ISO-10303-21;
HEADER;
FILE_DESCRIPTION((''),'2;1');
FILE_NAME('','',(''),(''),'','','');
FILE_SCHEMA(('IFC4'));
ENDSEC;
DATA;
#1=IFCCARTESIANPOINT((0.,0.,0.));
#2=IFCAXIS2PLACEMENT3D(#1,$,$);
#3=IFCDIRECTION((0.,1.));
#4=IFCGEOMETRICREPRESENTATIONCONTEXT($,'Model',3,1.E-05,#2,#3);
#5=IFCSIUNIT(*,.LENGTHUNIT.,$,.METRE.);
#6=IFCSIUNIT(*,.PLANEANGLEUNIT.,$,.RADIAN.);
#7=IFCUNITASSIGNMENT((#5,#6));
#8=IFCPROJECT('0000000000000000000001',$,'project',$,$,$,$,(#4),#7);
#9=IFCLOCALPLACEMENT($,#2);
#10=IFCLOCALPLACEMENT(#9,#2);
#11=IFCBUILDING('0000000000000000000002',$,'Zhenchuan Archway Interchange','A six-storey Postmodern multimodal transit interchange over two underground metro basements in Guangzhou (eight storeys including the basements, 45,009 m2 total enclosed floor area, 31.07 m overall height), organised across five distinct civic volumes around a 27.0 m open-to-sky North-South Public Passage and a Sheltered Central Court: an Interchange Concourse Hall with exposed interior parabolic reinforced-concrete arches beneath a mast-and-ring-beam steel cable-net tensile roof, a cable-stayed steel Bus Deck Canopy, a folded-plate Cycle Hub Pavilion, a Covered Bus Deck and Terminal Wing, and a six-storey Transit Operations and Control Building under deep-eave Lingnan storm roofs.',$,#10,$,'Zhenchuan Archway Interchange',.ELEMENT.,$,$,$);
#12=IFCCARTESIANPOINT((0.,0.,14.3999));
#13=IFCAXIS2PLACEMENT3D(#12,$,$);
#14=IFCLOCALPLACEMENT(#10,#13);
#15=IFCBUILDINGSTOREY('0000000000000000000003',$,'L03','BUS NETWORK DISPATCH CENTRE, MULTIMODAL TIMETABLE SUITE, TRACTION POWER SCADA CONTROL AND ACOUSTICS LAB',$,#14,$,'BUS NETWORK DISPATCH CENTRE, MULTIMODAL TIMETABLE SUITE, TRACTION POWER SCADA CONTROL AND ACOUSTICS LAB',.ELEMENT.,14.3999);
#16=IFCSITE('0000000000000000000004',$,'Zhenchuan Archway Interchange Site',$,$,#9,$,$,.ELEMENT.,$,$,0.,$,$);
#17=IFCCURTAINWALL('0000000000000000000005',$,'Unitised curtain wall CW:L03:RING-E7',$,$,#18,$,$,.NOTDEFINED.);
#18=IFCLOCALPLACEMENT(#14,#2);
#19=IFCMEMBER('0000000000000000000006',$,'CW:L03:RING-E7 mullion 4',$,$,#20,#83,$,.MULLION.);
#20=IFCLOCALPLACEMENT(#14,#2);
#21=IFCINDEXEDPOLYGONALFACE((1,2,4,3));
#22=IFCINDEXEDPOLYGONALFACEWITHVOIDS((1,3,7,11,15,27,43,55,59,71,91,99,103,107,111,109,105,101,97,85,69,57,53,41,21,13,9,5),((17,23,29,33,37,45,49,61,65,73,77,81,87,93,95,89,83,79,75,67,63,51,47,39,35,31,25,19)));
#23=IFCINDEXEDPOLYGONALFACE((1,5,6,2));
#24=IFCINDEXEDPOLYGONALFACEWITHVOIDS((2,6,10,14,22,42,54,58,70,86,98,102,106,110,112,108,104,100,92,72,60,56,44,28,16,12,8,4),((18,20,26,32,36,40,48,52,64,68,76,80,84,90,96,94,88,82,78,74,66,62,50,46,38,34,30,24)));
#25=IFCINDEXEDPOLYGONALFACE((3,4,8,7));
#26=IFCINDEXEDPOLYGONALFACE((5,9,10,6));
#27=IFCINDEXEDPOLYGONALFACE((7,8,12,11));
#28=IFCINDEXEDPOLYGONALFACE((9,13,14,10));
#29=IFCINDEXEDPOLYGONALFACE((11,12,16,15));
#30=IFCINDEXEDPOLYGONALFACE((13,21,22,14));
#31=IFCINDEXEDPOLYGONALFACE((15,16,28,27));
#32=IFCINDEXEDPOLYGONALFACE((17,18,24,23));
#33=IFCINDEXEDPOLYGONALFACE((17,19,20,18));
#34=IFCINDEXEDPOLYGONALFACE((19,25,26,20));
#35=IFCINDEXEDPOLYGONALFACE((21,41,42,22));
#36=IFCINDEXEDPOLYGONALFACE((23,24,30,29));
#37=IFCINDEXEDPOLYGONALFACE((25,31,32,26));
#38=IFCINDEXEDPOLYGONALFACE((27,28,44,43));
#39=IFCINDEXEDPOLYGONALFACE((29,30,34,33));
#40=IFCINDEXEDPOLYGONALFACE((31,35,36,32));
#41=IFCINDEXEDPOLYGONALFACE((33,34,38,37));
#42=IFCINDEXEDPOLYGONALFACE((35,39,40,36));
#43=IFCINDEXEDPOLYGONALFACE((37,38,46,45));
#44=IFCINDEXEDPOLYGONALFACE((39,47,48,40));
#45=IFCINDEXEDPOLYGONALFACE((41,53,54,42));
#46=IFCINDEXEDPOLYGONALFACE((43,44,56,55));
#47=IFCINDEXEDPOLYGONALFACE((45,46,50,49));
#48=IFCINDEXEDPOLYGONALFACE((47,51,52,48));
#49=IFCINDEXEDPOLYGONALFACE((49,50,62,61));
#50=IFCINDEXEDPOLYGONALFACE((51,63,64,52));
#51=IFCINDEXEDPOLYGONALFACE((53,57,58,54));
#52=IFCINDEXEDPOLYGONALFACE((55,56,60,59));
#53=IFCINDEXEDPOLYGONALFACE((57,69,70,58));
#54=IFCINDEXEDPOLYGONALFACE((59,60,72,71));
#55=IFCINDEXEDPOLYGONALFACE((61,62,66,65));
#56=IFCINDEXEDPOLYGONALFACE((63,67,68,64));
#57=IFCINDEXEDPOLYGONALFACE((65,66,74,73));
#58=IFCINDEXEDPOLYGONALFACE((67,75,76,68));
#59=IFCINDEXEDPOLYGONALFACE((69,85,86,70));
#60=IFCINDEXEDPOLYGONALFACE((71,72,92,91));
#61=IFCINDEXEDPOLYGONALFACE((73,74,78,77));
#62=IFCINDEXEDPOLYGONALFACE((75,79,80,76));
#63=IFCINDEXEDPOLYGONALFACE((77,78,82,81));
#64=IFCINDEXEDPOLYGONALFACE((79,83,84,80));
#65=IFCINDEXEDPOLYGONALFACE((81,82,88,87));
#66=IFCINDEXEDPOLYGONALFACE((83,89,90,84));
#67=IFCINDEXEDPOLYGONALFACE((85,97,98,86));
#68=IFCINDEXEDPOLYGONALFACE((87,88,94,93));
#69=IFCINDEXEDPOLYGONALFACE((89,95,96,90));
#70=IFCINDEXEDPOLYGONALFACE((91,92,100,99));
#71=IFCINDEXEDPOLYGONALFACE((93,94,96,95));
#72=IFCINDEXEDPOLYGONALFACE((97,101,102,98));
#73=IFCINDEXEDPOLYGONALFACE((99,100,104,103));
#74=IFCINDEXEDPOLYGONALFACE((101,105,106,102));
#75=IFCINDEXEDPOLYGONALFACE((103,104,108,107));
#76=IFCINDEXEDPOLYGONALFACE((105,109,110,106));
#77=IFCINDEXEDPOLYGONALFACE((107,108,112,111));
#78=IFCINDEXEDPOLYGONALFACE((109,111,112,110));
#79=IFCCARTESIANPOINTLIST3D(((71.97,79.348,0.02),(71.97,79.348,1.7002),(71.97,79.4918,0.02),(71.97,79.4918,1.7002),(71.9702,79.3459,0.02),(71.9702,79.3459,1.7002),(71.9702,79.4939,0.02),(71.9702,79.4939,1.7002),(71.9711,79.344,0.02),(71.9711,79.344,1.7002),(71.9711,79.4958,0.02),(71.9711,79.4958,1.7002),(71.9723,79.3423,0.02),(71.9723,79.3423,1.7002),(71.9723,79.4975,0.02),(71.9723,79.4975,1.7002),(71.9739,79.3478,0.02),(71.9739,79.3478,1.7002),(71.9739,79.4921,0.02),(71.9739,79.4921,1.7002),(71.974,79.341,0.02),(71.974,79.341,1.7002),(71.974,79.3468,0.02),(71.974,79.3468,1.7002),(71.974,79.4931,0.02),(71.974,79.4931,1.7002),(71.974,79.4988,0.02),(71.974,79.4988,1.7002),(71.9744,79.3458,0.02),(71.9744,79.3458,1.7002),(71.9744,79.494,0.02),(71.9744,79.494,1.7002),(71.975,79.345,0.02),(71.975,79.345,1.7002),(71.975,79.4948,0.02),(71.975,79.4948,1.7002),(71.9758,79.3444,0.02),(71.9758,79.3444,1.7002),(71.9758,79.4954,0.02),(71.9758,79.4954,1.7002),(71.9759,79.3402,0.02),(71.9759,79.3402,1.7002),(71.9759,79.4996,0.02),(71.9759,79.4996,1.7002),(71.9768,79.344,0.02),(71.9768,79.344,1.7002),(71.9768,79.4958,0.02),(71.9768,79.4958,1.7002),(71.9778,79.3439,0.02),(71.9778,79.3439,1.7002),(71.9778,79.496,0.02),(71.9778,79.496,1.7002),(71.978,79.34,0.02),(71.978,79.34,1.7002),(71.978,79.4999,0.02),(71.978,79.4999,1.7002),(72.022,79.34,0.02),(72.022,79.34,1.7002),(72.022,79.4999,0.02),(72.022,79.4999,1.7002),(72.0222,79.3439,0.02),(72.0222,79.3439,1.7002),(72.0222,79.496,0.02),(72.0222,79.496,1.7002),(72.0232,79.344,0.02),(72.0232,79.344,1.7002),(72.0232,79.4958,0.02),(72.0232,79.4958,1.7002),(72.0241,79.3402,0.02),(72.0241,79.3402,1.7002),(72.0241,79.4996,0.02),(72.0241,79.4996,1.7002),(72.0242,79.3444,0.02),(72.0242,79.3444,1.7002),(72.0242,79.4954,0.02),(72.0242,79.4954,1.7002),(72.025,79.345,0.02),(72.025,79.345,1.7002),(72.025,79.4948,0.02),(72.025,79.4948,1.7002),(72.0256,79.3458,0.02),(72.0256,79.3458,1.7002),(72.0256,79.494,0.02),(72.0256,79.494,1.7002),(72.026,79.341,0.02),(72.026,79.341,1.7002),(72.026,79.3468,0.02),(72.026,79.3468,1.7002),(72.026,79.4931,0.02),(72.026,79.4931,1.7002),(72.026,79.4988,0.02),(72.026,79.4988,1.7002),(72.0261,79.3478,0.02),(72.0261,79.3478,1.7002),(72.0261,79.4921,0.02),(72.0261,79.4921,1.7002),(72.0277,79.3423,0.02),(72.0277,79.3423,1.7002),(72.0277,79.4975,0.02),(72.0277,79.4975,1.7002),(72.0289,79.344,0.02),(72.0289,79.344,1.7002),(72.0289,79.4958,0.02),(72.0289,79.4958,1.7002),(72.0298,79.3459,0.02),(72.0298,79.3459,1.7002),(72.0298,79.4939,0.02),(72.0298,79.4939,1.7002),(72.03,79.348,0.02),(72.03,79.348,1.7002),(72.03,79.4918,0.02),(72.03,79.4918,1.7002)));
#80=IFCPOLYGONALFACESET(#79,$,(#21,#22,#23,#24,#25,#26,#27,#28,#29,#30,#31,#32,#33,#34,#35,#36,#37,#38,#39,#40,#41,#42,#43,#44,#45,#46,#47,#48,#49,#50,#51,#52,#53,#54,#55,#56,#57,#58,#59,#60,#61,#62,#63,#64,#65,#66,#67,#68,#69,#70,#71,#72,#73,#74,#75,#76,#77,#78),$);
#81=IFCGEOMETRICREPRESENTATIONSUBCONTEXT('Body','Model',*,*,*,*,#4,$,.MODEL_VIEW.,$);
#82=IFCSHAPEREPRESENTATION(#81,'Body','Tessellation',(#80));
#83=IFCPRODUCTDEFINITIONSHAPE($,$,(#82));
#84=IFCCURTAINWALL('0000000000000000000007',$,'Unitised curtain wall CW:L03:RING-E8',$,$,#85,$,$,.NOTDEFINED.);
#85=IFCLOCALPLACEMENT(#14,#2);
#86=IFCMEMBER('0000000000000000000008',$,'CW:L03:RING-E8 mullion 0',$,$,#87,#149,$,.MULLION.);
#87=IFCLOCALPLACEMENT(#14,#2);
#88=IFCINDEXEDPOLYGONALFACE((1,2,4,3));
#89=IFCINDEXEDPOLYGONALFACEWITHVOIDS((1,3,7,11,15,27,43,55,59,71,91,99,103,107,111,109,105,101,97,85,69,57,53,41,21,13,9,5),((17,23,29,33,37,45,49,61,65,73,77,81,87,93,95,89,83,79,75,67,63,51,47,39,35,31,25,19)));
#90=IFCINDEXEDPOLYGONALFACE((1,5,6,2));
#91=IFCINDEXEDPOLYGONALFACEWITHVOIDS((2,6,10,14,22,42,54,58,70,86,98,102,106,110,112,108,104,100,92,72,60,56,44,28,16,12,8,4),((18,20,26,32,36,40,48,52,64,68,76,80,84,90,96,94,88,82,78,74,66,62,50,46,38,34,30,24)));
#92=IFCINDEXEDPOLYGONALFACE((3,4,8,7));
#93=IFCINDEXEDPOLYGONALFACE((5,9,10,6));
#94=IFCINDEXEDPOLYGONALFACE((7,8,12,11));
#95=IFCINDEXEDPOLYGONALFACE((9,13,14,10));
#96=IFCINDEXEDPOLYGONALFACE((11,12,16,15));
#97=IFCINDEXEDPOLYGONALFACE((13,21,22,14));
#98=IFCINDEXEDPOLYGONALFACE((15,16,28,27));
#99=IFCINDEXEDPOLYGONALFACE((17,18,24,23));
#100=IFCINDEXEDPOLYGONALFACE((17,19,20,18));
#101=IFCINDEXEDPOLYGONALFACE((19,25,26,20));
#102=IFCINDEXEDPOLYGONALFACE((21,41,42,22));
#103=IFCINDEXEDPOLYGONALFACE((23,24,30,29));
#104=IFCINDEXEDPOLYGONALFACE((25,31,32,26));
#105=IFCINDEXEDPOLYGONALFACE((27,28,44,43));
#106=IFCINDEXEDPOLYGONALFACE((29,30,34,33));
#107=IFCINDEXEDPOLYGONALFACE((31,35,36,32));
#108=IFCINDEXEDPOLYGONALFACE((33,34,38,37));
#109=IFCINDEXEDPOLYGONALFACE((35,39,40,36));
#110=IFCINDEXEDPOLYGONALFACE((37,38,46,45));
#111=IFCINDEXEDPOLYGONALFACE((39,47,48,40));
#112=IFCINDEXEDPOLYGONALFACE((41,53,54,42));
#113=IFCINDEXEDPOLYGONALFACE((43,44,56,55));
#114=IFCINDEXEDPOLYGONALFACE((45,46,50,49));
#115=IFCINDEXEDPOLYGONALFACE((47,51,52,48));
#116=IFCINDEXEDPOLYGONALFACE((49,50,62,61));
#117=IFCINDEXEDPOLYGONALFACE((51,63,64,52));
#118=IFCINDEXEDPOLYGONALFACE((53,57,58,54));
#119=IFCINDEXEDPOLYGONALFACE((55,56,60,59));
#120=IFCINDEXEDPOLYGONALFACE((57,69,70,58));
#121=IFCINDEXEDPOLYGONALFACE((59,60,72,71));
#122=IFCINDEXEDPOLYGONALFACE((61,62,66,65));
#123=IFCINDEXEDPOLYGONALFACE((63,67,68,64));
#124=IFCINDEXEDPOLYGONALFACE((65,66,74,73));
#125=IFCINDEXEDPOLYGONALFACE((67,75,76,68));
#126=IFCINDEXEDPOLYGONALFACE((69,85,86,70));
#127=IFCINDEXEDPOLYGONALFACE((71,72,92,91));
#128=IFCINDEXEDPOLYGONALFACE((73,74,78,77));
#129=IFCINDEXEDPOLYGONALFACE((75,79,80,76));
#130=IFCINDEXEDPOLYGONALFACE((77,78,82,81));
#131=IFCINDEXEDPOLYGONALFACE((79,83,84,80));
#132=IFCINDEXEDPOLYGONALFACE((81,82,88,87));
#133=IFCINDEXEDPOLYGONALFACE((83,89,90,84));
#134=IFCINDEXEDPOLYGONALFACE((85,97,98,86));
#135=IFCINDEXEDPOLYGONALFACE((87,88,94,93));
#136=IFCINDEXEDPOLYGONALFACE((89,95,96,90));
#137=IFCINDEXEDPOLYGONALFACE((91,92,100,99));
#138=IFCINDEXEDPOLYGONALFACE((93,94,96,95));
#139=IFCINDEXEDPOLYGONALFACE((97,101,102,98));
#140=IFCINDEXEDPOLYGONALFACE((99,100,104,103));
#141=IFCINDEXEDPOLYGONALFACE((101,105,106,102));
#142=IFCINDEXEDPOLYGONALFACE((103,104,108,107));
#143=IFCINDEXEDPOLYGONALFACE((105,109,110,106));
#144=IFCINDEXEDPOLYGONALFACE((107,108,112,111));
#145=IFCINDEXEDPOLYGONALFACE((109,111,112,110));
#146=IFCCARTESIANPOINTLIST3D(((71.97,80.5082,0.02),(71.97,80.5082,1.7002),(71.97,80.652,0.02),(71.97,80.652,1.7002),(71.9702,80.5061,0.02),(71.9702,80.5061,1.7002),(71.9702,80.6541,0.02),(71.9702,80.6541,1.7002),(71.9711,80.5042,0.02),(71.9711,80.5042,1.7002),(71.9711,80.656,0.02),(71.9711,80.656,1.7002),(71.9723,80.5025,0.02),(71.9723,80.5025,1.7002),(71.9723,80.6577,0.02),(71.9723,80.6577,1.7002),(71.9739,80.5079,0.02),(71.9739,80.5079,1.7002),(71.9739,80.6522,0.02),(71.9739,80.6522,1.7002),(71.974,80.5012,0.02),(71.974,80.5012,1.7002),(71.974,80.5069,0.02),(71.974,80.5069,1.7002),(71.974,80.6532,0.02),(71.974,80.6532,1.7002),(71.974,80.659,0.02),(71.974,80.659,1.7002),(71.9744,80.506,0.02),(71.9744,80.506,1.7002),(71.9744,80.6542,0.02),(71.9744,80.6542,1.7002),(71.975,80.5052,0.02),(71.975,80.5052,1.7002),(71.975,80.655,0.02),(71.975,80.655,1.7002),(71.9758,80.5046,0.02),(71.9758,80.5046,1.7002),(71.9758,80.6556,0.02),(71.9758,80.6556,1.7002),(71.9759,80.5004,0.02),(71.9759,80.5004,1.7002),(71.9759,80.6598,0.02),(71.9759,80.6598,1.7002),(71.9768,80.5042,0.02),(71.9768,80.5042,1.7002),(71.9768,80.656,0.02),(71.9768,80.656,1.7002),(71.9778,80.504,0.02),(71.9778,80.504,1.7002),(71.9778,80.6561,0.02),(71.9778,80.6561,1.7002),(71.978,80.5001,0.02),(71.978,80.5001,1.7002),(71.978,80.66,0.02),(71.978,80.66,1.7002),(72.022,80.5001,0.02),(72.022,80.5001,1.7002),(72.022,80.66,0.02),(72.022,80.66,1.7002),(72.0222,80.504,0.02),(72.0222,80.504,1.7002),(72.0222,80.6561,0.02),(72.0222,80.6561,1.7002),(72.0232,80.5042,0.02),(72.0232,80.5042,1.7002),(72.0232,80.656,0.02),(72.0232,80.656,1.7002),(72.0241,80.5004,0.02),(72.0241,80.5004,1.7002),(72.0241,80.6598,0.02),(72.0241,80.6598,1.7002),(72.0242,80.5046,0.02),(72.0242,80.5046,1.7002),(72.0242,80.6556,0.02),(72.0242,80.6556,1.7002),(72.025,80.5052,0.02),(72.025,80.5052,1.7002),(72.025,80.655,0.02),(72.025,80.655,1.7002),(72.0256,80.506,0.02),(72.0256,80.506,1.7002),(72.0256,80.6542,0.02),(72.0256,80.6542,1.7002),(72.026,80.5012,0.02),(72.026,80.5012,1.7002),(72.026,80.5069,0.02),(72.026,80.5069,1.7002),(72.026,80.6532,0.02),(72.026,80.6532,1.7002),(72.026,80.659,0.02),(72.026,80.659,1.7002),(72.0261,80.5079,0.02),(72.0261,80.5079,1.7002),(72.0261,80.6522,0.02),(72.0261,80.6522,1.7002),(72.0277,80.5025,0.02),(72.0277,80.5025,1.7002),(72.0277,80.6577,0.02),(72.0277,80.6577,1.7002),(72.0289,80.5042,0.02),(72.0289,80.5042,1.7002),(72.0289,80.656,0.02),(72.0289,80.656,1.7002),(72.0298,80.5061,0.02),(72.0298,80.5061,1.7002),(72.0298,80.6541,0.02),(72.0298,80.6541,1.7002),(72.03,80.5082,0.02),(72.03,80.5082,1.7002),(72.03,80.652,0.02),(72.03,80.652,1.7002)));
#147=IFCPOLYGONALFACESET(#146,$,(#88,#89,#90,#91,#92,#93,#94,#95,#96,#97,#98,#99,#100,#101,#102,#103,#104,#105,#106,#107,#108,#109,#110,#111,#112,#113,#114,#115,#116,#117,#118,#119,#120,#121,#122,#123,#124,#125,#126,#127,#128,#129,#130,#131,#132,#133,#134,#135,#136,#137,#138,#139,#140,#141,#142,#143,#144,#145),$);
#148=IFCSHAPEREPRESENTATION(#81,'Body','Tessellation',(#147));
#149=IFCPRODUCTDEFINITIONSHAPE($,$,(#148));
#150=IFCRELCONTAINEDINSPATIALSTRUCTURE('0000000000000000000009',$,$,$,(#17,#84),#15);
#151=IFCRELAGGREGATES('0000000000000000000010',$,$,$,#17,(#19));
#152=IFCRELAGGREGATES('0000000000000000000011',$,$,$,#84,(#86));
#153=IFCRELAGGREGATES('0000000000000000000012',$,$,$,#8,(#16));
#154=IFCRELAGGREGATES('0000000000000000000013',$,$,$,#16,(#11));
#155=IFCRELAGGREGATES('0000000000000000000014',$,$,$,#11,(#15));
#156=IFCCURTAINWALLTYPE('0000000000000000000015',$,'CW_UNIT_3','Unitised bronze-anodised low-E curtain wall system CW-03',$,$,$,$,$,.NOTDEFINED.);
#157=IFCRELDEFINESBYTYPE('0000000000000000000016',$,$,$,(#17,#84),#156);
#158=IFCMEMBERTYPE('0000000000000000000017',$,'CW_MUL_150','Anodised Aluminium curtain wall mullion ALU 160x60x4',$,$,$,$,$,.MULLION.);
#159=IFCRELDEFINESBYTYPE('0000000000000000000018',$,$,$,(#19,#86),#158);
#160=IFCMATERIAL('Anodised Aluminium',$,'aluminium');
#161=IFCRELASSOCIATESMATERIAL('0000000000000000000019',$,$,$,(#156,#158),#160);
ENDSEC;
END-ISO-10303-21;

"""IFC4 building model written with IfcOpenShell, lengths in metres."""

from ifc_helpers import new_model, si_unit, direction, frame, origin, origin_2d, place, context, subcontext, project, spatial, hollow_rectangle, extrude, material, material_profile, profile_set, type_object, element, aggregate, save


model = new_model("IFC4")

# Units and contexts
model_context = context("Model", 3, precision=1e-05, world=origin(), true_north=direction((0.0, 1.0)))
body_context = subcontext(model_context, "Body", "Model", "MODEL_VIEW")
ifc_project = project(units=[si_unit("LENGTHUNIT", "METRE"), si_unit("PLANEANGLEUNIT", "RADIAN")], contexts=[model_context])

# Site, building, storey
site_placement = place(None, origin())
site = spatial("IfcSite", under=ifc_project, at=site_placement, Name="Zhenchuan Archway Interchange Site", CompositionType="ELEMENT", RefElevation=0.0)
building_placement = place(site_placement, origin())
building = spatial("IfcBuilding", under=site, at=building_placement, Name="Zhenchuan Archway Interchange", Description="A six-storey Postmodern multimodal transit interchange over two underground metro basements in Guangzhou (eight storeys including the basements, 45,009 m2 total enclosed floor area, 31.07 m overall height), organised across five distinct civic volumes around a 27.0 m open-to-sky North-South Public Passage and a Sheltered Central Court: an Interchange Concourse Hall with exposed interior parabolic reinforced-concrete arches beneath a mast-and-ring-beam steel cable-net tensile roof, a cable-stayed steel Bus Deck Canopy, a folded-plate Cycle Hub Pavilion, a Covered Bus Deck and Terminal Wing, and a six-storey Transit Operations and Control Building under deep-eave Lingnan storm roofs.", LongName="Zhenchuan Archway Interchange", CompositionType="ELEMENT")
storey_placement = place(building_placement, frame((0.0, 0.0, 14.3999)))
storey = spatial("IfcBuildingStorey", under=building, at=storey_placement, Name="L03", Description="BUS NETWORK DISPATCH CENTRE, MULTIMODAL TIMETABLE SUITE, TRACTION POWER SCADA CONTROL AND ACOUSTICS LAB", LongName="BUS NETWORK DISPATCH CENTRE, MULTIMODAL TIMETABLE SUITE, TRACTION POWER SCADA CONTROL AND ACOUSTICS LAB", CompositionType="ELEMENT", Elevation=14.3999)

# Curtain wall, member
ifc_material_1 = material(Name="Anodised Aluminium", Category="aluminium")
curtain_wall_type = type_object("IfcCurtainWallType", Name="CW_UNIT_3", Description="Unitised bronze-anodised low-E curtain wall system CW-03", PredefinedType="NOTDEFINED", material=ifc_material_1)
curtain_wall_1_placement = place(storey_placement, origin())
curtain_wall_1 = element("IfcCurtainWall", 1, at=curtain_wall_1_placement, inside=storey, type_object=curtain_wall_type, Name="Unitised curtain wall CW:L03:RING-E7", PredefinedType="NOTDEFINED")
ifc_material_profile_1 = material_profile(ifc_material_1, hollow_rectangle(XDim=0.0601, YDim=0.1599, WallThickness=0.0039, InnerFilletRadius=0.0039, OuterFilletRadius=0.0081, at=origin_2d()), Name="ALU 160x60x4")
ifc_profile_set_1 = profile_set([ifc_material_profile_1], Name="Anodised Aluminium")
member_type_1 = type_object("IfcMemberType", Name="CW_MUL_150", Description="Anodised Aluminium curtain wall mullion ALU 160x60x4", PredefinedType="MULLION", material=ifc_profile_set_1)
member_1_placement = place(storey_placement, frame((72.0, 79.4199, 0.02), z_axis=(0.0, 0.0, 1.0), x_axis=(1.0, 0.0, 0.0)))
member_1 = element("IfcMember", 2, at=member_1_placement, type_object=member_type_1, Name="CW:L03:RING-E7 mullion 4", PredefinedType="MULLION", context=body_context, shape_type="SweptSolid", body=[
    extrude(hollow_rectangle(XDim=0.0601, YDim=0.1599, WallThickness=0.0039, InnerFilletRadius=0.0039, OuterFilletRadius=0.0081, at=origin_2d()), origin(), (0.0, 0.0, 1.0), 1.6802),
])

# Curtain wall, member
curtain_wall_2_placement = place(storey_placement, origin())
curtain_wall_2 = element("IfcCurtainWall", 3, at=curtain_wall_2_placement, inside=storey, type_object=curtain_wall_type, Name="Unitised curtain wall CW:L03:RING-E8", PredefinedType="NOTDEFINED")
member_2_placement = place(storey_placement, frame((72.0, 80.5801, 0.02), z_axis=(0.0, 0.0, 1.0), x_axis=(1.0, 0.0, 0.0)))
member_2 = element("IfcMember", 4, at=member_2_placement, type_object=member_type_1, Name="CW:L03:RING-E8 mullion 0", PredefinedType="MULLION", context=body_context, shape_type="SweptSolid", body=[
    extrude(hollow_rectangle(XDim=0.0601, YDim=0.1599, WallThickness=0.0039, InnerFilletRadius=0.0039, OuterFilletRadius=0.0081, at=origin_2d()), origin(), (0.0, 0.0, 1.0), 1.6802),
])

aggregate(curtain_wall_1, [member_1])
aggregate(curtain_wall_2, [member_2])

save(model, "model.ifc")
